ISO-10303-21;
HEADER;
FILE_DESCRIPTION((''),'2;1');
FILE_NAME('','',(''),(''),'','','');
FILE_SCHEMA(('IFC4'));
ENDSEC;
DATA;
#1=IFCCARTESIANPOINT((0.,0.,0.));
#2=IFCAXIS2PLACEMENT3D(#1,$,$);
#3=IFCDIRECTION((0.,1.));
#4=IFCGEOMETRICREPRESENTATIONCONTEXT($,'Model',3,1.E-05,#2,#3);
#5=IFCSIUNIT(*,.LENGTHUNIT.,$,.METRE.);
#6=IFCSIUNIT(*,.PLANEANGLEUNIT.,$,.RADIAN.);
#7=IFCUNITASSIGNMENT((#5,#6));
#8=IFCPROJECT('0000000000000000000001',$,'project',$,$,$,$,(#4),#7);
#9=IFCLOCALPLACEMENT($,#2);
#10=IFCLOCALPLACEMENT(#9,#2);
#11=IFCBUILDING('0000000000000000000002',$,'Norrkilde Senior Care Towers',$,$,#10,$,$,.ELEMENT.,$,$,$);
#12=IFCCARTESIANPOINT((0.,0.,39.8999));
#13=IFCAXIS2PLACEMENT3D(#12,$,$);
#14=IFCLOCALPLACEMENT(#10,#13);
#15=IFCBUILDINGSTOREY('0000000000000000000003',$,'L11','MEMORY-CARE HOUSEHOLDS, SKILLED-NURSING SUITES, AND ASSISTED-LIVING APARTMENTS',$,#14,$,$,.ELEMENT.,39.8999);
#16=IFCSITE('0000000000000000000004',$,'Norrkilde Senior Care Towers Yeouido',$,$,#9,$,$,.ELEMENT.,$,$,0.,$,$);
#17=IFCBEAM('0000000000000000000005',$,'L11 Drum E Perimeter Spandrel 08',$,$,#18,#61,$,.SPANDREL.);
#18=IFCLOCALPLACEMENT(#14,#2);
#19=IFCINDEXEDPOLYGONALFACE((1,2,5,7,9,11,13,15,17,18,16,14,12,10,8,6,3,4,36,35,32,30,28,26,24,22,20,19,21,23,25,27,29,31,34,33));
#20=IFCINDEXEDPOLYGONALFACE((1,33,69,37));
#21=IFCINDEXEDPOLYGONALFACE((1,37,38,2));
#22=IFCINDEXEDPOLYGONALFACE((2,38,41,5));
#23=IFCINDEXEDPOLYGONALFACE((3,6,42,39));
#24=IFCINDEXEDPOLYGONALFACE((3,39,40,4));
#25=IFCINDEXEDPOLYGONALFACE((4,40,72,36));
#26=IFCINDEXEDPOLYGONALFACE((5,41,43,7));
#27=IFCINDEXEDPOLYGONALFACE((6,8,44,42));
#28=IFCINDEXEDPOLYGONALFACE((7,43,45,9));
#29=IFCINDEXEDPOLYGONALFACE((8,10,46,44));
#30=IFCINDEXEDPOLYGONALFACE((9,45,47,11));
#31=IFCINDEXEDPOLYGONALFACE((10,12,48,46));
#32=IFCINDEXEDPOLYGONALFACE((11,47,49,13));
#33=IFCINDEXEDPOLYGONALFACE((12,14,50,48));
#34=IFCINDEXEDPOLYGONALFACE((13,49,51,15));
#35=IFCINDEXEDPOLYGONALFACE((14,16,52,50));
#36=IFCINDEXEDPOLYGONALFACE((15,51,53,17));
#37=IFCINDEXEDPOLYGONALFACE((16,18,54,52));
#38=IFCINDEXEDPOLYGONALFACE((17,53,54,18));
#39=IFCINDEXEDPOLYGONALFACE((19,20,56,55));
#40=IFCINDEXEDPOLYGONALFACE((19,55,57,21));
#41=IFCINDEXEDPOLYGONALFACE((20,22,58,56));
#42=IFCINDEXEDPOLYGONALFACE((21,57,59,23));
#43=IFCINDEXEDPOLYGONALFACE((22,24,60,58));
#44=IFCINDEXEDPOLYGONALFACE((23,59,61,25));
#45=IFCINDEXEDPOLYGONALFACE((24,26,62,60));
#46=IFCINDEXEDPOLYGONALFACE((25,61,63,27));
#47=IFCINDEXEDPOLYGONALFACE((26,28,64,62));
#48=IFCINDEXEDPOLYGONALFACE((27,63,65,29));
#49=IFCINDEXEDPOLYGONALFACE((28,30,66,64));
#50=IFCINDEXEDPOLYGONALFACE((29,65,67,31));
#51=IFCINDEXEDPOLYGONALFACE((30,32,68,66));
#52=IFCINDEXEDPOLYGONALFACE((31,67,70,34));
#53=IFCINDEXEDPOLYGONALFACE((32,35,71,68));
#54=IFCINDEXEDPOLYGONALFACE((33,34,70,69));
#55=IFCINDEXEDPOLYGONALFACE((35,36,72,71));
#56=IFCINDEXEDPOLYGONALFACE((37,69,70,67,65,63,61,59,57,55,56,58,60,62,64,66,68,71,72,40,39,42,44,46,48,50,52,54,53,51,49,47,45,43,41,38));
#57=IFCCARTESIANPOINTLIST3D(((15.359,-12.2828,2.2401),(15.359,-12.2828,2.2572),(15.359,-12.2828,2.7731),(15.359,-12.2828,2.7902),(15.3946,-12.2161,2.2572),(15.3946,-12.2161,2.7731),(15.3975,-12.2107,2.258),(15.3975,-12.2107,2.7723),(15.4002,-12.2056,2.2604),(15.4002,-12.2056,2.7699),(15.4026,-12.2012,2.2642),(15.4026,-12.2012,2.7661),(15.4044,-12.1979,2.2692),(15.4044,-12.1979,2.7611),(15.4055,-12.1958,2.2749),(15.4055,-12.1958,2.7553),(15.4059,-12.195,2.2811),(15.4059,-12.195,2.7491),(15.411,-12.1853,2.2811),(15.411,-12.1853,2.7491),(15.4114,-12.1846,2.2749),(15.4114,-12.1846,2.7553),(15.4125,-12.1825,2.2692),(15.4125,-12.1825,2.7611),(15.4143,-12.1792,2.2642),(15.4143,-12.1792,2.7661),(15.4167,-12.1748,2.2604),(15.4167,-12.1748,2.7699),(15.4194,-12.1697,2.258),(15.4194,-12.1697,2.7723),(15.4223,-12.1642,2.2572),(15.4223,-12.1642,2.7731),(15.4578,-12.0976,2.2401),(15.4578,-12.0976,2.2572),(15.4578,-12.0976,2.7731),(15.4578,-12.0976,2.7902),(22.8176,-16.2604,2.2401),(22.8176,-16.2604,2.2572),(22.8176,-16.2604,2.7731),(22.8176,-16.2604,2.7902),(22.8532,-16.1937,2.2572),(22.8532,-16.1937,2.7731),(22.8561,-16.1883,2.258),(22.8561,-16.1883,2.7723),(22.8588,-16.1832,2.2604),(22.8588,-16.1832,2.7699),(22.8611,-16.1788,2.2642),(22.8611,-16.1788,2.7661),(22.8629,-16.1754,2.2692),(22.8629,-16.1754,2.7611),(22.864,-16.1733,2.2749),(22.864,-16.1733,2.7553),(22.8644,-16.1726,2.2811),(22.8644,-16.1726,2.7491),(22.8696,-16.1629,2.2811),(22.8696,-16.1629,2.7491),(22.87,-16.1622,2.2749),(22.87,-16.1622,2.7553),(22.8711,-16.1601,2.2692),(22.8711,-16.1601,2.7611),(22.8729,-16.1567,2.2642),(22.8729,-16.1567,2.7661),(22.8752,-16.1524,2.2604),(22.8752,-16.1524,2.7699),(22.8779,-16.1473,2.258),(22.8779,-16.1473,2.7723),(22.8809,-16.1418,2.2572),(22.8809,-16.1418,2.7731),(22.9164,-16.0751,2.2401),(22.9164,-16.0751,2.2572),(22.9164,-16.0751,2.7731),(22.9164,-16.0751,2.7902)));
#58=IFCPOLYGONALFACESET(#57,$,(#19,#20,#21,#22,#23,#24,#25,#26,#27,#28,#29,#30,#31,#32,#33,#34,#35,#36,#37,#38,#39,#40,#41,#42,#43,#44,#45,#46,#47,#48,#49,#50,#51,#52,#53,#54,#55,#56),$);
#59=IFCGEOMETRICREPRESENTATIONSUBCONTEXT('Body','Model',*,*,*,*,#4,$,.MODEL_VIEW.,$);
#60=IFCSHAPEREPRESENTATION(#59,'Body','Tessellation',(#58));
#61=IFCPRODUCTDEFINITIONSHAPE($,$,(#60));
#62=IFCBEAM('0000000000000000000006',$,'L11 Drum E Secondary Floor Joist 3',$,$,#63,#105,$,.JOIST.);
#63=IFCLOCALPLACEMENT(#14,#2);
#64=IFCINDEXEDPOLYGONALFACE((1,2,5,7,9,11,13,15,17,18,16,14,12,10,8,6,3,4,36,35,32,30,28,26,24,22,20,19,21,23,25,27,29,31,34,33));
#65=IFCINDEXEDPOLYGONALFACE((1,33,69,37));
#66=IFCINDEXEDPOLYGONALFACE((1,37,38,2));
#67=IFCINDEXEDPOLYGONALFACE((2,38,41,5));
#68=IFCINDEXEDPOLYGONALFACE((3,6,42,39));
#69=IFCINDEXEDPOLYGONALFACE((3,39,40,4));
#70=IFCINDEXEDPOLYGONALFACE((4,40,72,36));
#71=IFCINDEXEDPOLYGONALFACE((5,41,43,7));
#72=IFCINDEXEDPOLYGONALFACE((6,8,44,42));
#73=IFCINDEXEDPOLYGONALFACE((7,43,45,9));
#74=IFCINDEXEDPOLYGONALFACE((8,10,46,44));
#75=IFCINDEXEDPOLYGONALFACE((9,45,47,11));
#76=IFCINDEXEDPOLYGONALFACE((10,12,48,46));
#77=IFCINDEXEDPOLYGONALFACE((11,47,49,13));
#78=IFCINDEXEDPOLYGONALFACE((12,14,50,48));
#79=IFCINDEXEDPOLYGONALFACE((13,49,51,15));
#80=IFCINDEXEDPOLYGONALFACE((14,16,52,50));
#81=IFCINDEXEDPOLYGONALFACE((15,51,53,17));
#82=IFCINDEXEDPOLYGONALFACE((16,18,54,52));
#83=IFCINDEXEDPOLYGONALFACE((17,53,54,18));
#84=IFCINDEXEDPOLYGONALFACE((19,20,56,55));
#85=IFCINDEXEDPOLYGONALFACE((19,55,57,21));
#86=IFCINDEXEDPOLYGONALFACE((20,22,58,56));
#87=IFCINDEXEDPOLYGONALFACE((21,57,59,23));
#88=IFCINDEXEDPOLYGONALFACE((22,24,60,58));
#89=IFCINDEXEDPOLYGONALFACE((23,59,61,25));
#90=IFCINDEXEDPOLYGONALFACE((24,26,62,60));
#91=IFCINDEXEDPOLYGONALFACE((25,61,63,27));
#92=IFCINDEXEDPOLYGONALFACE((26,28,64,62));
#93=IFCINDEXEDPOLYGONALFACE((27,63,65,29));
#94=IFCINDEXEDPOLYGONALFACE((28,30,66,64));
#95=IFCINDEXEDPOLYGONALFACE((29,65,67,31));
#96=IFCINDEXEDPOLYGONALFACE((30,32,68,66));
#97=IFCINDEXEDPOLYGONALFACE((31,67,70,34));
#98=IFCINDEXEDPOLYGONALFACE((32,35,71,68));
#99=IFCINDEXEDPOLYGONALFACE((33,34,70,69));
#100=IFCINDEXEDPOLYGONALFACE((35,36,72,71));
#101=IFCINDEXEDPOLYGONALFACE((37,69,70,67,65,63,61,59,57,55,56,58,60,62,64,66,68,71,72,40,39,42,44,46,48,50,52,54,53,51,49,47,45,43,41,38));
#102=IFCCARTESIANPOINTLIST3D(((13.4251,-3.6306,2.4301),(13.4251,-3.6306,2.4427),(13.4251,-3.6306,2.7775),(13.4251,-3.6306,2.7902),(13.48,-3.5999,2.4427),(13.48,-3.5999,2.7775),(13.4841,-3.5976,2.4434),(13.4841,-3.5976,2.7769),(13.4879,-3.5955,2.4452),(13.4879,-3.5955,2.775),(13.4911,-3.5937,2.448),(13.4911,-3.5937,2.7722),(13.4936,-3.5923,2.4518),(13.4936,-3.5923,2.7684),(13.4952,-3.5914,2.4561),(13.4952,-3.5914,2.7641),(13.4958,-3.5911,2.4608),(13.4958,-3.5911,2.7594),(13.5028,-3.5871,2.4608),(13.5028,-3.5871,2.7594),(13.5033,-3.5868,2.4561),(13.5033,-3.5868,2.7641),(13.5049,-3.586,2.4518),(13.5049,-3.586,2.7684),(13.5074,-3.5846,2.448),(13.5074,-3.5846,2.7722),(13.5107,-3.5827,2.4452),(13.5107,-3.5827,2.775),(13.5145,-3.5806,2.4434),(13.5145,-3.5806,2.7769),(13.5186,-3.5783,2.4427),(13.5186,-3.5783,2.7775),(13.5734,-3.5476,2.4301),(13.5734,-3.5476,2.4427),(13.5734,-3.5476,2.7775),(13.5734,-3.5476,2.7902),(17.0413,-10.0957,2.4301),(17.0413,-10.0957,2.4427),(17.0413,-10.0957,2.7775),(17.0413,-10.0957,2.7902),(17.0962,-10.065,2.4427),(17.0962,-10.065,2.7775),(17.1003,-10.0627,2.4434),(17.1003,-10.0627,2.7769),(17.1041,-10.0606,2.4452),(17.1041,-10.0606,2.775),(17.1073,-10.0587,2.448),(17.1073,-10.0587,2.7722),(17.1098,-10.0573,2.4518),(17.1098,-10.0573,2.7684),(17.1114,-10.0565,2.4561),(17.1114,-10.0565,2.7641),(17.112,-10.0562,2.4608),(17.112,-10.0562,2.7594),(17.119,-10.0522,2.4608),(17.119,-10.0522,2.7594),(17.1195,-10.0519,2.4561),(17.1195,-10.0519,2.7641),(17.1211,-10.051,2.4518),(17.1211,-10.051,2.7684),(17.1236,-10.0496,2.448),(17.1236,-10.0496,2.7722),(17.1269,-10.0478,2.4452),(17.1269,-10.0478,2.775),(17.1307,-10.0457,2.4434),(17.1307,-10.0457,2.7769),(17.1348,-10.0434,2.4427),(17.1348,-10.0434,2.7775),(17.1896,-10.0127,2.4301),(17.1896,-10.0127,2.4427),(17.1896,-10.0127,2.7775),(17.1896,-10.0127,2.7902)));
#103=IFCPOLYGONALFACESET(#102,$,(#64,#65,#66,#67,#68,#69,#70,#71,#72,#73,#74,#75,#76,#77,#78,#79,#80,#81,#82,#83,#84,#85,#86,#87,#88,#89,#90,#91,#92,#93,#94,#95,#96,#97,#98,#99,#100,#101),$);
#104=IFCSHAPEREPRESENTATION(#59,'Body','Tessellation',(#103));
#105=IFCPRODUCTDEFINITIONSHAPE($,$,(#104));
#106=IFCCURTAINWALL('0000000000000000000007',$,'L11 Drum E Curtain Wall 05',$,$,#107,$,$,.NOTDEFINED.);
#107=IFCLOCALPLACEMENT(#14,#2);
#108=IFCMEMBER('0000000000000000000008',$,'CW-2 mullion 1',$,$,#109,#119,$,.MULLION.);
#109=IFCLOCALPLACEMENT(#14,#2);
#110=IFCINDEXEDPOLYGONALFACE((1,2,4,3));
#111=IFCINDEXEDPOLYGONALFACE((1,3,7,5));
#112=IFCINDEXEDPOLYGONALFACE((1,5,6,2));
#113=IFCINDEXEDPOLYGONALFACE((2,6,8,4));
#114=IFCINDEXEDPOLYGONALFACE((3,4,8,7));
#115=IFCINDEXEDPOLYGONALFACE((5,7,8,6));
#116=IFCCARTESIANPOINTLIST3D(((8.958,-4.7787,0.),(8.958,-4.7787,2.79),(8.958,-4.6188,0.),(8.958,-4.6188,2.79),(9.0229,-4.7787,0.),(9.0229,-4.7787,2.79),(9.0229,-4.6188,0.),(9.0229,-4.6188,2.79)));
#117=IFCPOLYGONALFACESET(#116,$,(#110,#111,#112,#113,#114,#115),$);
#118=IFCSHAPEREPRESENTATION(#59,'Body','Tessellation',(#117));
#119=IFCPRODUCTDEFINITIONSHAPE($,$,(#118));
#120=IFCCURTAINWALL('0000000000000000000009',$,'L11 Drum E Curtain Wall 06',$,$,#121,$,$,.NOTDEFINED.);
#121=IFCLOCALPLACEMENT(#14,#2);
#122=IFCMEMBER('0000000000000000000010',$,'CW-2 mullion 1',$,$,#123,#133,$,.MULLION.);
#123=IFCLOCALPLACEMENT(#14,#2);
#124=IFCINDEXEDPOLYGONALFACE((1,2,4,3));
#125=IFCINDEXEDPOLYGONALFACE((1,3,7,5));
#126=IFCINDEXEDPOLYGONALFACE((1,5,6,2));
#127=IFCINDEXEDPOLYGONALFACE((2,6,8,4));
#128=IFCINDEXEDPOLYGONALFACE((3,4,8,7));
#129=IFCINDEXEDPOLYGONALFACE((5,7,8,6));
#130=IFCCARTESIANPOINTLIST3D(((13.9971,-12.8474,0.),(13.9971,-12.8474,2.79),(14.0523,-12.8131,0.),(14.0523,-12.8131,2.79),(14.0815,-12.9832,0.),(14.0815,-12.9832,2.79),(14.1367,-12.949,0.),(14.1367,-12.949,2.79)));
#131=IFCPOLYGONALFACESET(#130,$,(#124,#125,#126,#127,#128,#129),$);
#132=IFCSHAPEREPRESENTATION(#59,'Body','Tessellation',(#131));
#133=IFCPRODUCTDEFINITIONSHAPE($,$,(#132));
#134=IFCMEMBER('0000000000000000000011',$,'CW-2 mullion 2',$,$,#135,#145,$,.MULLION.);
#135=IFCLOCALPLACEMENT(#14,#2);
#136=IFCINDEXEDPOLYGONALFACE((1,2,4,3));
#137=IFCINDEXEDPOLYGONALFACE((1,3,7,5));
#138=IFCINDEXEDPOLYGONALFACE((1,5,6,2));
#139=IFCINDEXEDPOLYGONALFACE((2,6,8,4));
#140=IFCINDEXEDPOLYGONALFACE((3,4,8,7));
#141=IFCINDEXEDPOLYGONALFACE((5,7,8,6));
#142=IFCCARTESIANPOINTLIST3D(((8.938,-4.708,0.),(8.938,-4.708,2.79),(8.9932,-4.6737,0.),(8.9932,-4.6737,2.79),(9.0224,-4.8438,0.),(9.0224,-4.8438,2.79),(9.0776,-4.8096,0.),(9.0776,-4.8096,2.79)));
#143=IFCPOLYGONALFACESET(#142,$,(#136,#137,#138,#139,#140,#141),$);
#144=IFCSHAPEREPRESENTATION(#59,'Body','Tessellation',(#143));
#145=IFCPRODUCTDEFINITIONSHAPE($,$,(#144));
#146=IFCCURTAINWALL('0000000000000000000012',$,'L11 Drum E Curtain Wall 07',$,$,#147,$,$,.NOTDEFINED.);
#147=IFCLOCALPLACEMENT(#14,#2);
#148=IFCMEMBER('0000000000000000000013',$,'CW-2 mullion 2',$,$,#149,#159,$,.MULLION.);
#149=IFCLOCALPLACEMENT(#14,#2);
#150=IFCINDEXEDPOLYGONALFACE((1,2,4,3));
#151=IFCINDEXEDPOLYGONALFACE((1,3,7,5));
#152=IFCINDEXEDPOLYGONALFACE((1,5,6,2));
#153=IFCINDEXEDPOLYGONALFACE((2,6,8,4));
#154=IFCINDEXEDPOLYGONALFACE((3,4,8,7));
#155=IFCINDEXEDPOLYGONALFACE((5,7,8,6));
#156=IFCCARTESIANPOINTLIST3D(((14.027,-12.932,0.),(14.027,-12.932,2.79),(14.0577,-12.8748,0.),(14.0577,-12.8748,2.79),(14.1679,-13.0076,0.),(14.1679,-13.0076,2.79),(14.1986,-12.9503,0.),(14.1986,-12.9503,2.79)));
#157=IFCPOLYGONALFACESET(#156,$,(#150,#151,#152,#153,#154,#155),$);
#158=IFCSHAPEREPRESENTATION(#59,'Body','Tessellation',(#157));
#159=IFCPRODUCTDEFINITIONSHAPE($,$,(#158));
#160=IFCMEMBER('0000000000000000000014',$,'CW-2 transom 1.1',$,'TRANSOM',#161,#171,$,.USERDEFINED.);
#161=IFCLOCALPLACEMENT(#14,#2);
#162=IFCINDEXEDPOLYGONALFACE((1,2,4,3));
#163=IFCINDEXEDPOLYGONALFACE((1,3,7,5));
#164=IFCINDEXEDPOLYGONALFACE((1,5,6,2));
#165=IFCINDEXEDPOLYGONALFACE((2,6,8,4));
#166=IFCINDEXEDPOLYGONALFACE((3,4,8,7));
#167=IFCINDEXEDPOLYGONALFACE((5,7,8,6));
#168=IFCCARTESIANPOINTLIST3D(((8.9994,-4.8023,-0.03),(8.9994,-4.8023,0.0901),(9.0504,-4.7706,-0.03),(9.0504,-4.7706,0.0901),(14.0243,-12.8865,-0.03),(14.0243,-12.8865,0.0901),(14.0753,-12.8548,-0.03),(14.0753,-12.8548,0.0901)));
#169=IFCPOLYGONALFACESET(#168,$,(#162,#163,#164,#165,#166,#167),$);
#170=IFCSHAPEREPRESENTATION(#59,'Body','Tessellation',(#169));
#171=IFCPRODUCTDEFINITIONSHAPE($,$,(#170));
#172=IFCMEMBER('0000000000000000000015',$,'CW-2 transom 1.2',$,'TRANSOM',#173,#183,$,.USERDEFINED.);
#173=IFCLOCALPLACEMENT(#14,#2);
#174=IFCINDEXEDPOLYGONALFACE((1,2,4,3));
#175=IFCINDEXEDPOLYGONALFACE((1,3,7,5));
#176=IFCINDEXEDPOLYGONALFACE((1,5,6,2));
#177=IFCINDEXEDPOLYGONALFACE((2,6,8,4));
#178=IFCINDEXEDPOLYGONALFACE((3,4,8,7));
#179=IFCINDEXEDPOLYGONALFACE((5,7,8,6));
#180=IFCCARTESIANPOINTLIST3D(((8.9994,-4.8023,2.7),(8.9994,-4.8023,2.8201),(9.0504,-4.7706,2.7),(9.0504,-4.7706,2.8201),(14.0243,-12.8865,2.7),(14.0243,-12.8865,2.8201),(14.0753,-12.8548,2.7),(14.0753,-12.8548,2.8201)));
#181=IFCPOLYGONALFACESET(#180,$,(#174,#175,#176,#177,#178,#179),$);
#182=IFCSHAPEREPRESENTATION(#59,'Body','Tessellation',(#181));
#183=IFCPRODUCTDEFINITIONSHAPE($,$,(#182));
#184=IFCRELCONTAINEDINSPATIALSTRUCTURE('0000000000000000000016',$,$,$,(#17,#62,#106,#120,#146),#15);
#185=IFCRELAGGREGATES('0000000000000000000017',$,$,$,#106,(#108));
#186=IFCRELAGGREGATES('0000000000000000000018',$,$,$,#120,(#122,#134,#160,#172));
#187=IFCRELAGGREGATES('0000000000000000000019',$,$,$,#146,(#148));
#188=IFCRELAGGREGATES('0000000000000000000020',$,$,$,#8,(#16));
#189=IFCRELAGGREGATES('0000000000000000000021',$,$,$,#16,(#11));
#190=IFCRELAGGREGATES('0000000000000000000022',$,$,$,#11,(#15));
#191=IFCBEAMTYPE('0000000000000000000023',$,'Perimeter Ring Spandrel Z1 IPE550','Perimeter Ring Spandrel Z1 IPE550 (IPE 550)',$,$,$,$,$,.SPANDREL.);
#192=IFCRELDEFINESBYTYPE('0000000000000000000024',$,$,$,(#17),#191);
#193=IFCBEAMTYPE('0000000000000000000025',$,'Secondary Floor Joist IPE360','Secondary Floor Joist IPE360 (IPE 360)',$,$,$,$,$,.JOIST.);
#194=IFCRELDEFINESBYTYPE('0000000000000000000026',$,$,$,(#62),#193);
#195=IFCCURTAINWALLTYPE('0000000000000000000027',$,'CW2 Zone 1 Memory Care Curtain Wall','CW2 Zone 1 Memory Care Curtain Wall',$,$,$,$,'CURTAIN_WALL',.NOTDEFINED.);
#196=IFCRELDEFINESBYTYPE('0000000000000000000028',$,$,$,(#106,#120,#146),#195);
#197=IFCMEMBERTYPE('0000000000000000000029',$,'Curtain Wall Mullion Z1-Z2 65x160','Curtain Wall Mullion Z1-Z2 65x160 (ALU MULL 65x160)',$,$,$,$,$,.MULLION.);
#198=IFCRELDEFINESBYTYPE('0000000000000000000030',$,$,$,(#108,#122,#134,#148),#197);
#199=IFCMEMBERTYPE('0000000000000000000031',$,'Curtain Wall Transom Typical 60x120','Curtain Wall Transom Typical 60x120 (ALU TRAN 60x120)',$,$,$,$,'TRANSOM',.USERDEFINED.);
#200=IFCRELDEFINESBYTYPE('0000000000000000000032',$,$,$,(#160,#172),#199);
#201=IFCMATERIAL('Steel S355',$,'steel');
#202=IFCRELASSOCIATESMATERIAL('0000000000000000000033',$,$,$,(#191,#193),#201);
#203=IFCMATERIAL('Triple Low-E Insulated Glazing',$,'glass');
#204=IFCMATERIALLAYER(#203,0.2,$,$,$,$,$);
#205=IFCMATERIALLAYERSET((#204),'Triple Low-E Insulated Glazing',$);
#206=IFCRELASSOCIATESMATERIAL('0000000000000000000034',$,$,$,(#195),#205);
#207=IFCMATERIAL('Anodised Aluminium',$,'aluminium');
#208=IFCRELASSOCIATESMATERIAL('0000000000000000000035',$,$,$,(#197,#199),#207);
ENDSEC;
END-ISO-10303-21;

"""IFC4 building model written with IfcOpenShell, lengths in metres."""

from ifc_helpers import new_model, si_unit, direction, frame, origin, origin_2d, place, context, subcontext, project, spatial, rectangle, i_section, extrude, source, transform, mapped, material, layer, layer_set, material_profile, profile_set, type_object, type_shapes, element, aggregate, save


model = new_model("IFC4")

# Units and contexts
model_context = context("Model", 3, precision=1e-05, world=origin(), true_north=direction((0.0, 1.0)))
body_context = subcontext(model_context, "Body", "Model", "MODEL_VIEW")
ifc_project = project(units=[si_unit("LENGTHUNIT", "METRE"), si_unit("PLANEANGLEUNIT", "RADIAN")], contexts=[model_context])

# Site, building, storey
site_placement = place(None, origin())
site = spatial("IfcSite", under=ifc_project, at=site_placement, Name="Norrkilde Senior Care Towers Yeouido", CompositionType="ELEMENT", RefElevation=0.0)
building_placement = place(site_placement, origin())
building = spatial("IfcBuilding", under=site, at=building_placement, Name="Norrkilde Senior Care Towers", CompositionType="ELEMENT")
storey_placement = place(building_placement, frame((0.0, 0.0, 39.8999)))
storey = spatial("IfcBuildingStorey", under=building, at=storey_placement, Name="L11", Description="MEMORY-CARE HOUSEHOLDS, SKILLED-NURSING SUITES, AND ASSISTED-LIVING APARTMENTS", CompositionType="ELEMENT", Elevation=39.8999)

# Beams
ifc_material_1 = material(Name="Steel S355", Category="steel")
ifc_material_profile_1 = material_profile(ifc_material_1, i_section(OverallWidth=0.21, OverallDepth=0.55, WebThickness=0.011, FlangeThickness=0.0171, FilletRadius=0.0239, at=origin_2d()), Name="IPE 550")
ifc_profile_set_1 = profile_set([ifc_material_profile_1], Name="Steel S355")
beam_type_1 = type_object("IfcBeamType", Name="Perimeter Ring Spandrel Z1 IPE550", Description="Perimeter Ring Spandrel Z1 IPE550 (IPE 550)", PredefinedType="SPANDREL", material=ifc_profile_set_1)
shared_shape_1 = source(origin(), body_context, "Body", "SweptSolid", [
    extrude(i_section(OverallWidth=0.21, OverallDepth=0.55, WebThickness=0.011, FlangeThickness=0.0171, FilletRadius=0.0239, at=origin_2d()), origin(), (0.0, 0.0, 1.0), 8.4529),
])
beam_1_placement = place(storey_placement, frame((15.4084, -12.1902, 2.5151), z_axis=(0.882369, -0.470558, 0.0), x_axis=(0.470558, 0.882369, 0.0)))
element("IfcBeam", 1, at=beam_1_placement, inside=storey, type_object=beam_type_1, Name="L11 Drum E Perimeter Spandrel 08", PredefinedType="SPANDREL", context=body_context, shape_type="MappedRepresentation", body=[
    mapped(shared_shape_1, transform((0.0, 0.0, 0.0), x_axis=(1.0, 0.0, 0.0), y_axis=(0.0, 1.0, 0.0), z_axis=(0.0, 0.0, 1.0), scale=1.0)),
])
ifc_material_profile_2 = material_profile(ifc_material_1, i_section(OverallWidth=0.1699, OverallDepth=0.3601, WebThickness=0.0081, FlangeThickness=0.0127, FilletRadius=0.0181, at=origin_2d()), Name="IPE 360")
ifc_profile_set_2 = profile_set([ifc_material_profile_2], Name="Steel S355")
beam_type_2 = type_object("IfcBeamType", Name="Secondary Floor Joist IPE360", Description="Secondary Floor Joist IPE360 (IPE 360)", PredefinedType="JOIST", material=ifc_profile_set_2)
shared_shape_2 = source(origin(), body_context, "Body", "SweptSolid", [
    extrude(i_section(OverallWidth=0.1699, OverallDepth=0.3601, WebThickness=0.0081, FlangeThickness=0.0127, FilletRadius=0.0181, at=origin_2d()), origin(), (0.0, 0.0, 1.0), 7.4077),
])
type_shapes(beam_type_2, [shared_shape_2])
beam_2_placement = place(storey_placement, frame((13.4993, -3.5891, 2.6101), z_axis=(0.488168, -0.87275, 0.0), x_axis=(0.87275, 0.488168, 0.0)))
element("IfcBeam", 2, at=beam_2_placement, inside=storey, type_object=beam_type_2, Name="L11 Drum E Secondary Floor Joist 3", PredefinedType="JOIST", context=body_context, shape_type="MappedRepresentation", body=[
    mapped(shared_shape_2, transform((0.0, 0.0, 0.0), x_axis=(1.0, 0.0, 0.0), y_axis=(0.0, 1.0, 0.0), z_axis=(0.0, 0.0, 1.0), scale=1.0)),
])

# Curtain wall, member
ifc_material_2 = material(Name="Triple Low-E Insulated Glazing", Category="glass")
ifc_layer_1 = layer(ifc_material_2, 0.2)
ifc_layer_set_1 = layer_set([ifc_layer_1], Name="Triple Low-E Insulated Glazing")
curtain_wall_type = type_object("IfcCurtainWallType", Name="CW2 Zone 1 Memory Care Curtain Wall", Description="CW2 Zone 1 Memory Care Curtain Wall", ElementType="CURTAIN_WALL", PredefinedType="NOTDEFINED", material=ifc_layer_set_1)
curtain_wall_1_placement = place(storey_placement, origin())
curtain_wall_1 = element("IfcCurtainWall", 3, at=curtain_wall_1_placement, inside=storey, type_object=curtain_wall_type, Name="L11 Drum E Curtain Wall 05", PredefinedType="NOTDEFINED")
ifc_material_3 = material(Name="Anodised Aluminium", Category="aluminium")
ifc_material_profile_3 = material_profile(ifc_material_3, rectangle(XDim=0.0649, YDim=0.1599, at=origin_2d()), Name="ALU MULL 65x160")
ifc_profile_set_3 = profile_set([ifc_material_profile_3], Name="Anodised Aluminium")
member_type_1 = type_object("IfcMemberType", Name="Curtain Wall Mullion Z1-Z2 65x160", Description="Curtain Wall Mullion Z1-Z2 65x160 (ALU MULL 65x160)", PredefinedType="MULLION", material=ifc_profile_set_3)
shared_shape_3 = source(origin(), body_context, "Body", "SweptSolid", [
    extrude(rectangle(XDim=0.0649, YDim=0.1599, at=origin_2d()), origin(), (0.0, 0.0, 1.0), 2.79),
])
type_shapes(member_type_1, [shared_shape_3])
member_1_placement = place(storey_placement, frame((8.9905, -4.6987, 0.0), z_axis=(0.0, 0.0, 1.0), x_axis=(-1.0, 0.0, 0.0)))
member_1 = element("IfcMember", 4, at=member_1_placement, type_object=member_type_1, Name="CW-2 mullion 1", PredefinedType="MULLION", context=body_context, shape_type="MappedRepresentation", body=[
    mapped(shared_shape_3, transform((0.0, 0.0, 0.0), x_axis=(1.0, 0.0, 0.0), y_axis=(0.0, 1.0, 0.0), z_axis=(0.0, 0.0, 1.0), scale=1.0)),
])

# Curtain wall, members
curtain_wall_2_placement = place(storey_placement, origin())
curtain_wall_2 = element("IfcCurtainWall", 5, at=curtain_wall_2_placement, inside=storey, type_object=curtain_wall_type, Name="L11 Drum E Curtain Wall 06", PredefinedType="NOTDEFINED")
member_2_placement = place(storey_placement, frame((14.0669, -12.8982, 0.0), z_axis=(0.0, 0.0, 1.0), x_axis=(-0.849306, -0.527901, 0.0)))
member_2 = element("IfcMember", 6, at=member_2_placement, type_object=member_type_1, Name="CW-2 mullion 1", PredefinedType="MULLION", context=body_context, shape_type="MappedRepresentation", body=[
    mapped(shared_shape_3, transform((0.0, 0.0, 0.0), x_axis=(1.0, 0.0, 0.0), y_axis=(0.0, 1.0, 0.0), z_axis=(0.0, 0.0, 1.0), scale=1.0)),
])
member_3_placement = place(storey_placement, frame((9.0078, -4.7588, 0.0), z_axis=(0.0, 0.0, 1.0), x_axis=(-0.849306, -0.527901, 0.0)))
member_3 = element("IfcMember", 7, at=member_3_placement, type_object=member_type_1, Name="CW-2 mullion 2", PredefinedType="MULLION", context=body_context, shape_type="MappedRepresentation", body=[
    mapped(shared_shape_3, transform((0.0, 0.0, 0.0), x_axis=(1.0, 0.0, 0.0), y_axis=(0.0, 1.0, 0.0), z_axis=(0.0, 0.0, 1.0), scale=1.0)),
])

# Curtain wall, member
curtain_wall_3_placement = place(storey_placement, origin())
curtain_wall_3 = element("IfcCurtainWall", 8, at=curtain_wall_3_placement, inside=storey, type_object=curtain_wall_type, Name="L11 Drum E Curtain Wall 07", PredefinedType="NOTDEFINED")
member_4_placement = place(storey_placement, frame((14.1128, -12.9412, 0.0), z_axis=(0.0, 0.0, 1.0), x_axis=(-0.472608, -0.881273, 0.0)))
member_4 = element("IfcMember", 9, at=member_4_placement, type_object=member_type_1, Name="CW-2 mullion 2", PredefinedType="MULLION", context=body_context, shape_type="MappedRepresentation", body=[
    mapped(shared_shape_3, transform((0.0, 0.0, 0.0), x_axis=(1.0, 0.0, 0.0), y_axis=(0.0, 1.0, 0.0), z_axis=(0.0, 0.0, 1.0), scale=1.0)),
])

# Members
ifc_material_profile_4 = material_profile(ifc_material_3, rectangle(XDim=0.0601, YDim=0.1201, at=origin_2d()), Name="ALU TRAN 60x120")
ifc_profile_set_4 = profile_set([ifc_material_profile_4], Name="Anodised Aluminium")
member_type_2 = type_object("IfcMemberType", Name="Curtain Wall Transom Typical 60x120", Description="Curtain Wall Transom Typical 60x120 (ALU TRAN 60x120)", ElementType="TRANSOM", PredefinedType="USERDEFINED", material=ifc_profile_set_4)
shared_shape_4 = source(origin(), body_context, "Body", "SweptSolid", [
    extrude(rectangle(XDim=0.0601, YDim=0.1201, at=origin_2d()), origin(), (0.0, 0.0, 1.0), 9.5186),
])
member_5_placement = place(storey_placement, frame((14.0498, -12.8706, 0.03), z_axis=(-0.527902, 0.849306, 0.0), x_axis=(-0.849306, -0.527902, 0.0)))
member_5 = element("IfcMember", 10, at=member_5_placement, type_object=member_type_2, Name="CW-2 transom 1.1", ObjectType="TRANSOM", PredefinedType="USERDEFINED", context=body_context, shape_type="MappedRepresentation", body=[
    mapped(shared_shape_4, transform((0.0, 0.0, 0.0), x_axis=(1.0, 0.0, 0.0), y_axis=(0.0, 1.0, 0.0), z_axis=(0.0, 0.0, 1.0), scale=1.0)),
])
member_6_placement = place(storey_placement, frame((14.0498, -12.8706, 2.76), z_axis=(-0.527902, 0.849306, 0.0), x_axis=(-0.849306, -0.527902, 0.0)))
member_6 = element("IfcMember", 11, at=member_6_placement, type_object=member_type_2, Name="CW-2 transom 1.2", ObjectType="TRANSOM", PredefinedType="USERDEFINED", context=body_context, shape_type="MappedRepresentation", body=[
    mapped(shared_shape_4, transform((0.0, 0.0, 0.0), x_axis=(1.0, 0.0, 0.0), y_axis=(0.0, 1.0, 0.0), z_axis=(0.0, 0.0, 1.0), scale=1.0)),
])
aggregate(curtain_wall_1, [member_1])

aggregate(curtain_wall_2, [member_2, member_3, member_5, member_6])
aggregate(curtain_wall_3, [member_4])

save(model, "model.ifc")
